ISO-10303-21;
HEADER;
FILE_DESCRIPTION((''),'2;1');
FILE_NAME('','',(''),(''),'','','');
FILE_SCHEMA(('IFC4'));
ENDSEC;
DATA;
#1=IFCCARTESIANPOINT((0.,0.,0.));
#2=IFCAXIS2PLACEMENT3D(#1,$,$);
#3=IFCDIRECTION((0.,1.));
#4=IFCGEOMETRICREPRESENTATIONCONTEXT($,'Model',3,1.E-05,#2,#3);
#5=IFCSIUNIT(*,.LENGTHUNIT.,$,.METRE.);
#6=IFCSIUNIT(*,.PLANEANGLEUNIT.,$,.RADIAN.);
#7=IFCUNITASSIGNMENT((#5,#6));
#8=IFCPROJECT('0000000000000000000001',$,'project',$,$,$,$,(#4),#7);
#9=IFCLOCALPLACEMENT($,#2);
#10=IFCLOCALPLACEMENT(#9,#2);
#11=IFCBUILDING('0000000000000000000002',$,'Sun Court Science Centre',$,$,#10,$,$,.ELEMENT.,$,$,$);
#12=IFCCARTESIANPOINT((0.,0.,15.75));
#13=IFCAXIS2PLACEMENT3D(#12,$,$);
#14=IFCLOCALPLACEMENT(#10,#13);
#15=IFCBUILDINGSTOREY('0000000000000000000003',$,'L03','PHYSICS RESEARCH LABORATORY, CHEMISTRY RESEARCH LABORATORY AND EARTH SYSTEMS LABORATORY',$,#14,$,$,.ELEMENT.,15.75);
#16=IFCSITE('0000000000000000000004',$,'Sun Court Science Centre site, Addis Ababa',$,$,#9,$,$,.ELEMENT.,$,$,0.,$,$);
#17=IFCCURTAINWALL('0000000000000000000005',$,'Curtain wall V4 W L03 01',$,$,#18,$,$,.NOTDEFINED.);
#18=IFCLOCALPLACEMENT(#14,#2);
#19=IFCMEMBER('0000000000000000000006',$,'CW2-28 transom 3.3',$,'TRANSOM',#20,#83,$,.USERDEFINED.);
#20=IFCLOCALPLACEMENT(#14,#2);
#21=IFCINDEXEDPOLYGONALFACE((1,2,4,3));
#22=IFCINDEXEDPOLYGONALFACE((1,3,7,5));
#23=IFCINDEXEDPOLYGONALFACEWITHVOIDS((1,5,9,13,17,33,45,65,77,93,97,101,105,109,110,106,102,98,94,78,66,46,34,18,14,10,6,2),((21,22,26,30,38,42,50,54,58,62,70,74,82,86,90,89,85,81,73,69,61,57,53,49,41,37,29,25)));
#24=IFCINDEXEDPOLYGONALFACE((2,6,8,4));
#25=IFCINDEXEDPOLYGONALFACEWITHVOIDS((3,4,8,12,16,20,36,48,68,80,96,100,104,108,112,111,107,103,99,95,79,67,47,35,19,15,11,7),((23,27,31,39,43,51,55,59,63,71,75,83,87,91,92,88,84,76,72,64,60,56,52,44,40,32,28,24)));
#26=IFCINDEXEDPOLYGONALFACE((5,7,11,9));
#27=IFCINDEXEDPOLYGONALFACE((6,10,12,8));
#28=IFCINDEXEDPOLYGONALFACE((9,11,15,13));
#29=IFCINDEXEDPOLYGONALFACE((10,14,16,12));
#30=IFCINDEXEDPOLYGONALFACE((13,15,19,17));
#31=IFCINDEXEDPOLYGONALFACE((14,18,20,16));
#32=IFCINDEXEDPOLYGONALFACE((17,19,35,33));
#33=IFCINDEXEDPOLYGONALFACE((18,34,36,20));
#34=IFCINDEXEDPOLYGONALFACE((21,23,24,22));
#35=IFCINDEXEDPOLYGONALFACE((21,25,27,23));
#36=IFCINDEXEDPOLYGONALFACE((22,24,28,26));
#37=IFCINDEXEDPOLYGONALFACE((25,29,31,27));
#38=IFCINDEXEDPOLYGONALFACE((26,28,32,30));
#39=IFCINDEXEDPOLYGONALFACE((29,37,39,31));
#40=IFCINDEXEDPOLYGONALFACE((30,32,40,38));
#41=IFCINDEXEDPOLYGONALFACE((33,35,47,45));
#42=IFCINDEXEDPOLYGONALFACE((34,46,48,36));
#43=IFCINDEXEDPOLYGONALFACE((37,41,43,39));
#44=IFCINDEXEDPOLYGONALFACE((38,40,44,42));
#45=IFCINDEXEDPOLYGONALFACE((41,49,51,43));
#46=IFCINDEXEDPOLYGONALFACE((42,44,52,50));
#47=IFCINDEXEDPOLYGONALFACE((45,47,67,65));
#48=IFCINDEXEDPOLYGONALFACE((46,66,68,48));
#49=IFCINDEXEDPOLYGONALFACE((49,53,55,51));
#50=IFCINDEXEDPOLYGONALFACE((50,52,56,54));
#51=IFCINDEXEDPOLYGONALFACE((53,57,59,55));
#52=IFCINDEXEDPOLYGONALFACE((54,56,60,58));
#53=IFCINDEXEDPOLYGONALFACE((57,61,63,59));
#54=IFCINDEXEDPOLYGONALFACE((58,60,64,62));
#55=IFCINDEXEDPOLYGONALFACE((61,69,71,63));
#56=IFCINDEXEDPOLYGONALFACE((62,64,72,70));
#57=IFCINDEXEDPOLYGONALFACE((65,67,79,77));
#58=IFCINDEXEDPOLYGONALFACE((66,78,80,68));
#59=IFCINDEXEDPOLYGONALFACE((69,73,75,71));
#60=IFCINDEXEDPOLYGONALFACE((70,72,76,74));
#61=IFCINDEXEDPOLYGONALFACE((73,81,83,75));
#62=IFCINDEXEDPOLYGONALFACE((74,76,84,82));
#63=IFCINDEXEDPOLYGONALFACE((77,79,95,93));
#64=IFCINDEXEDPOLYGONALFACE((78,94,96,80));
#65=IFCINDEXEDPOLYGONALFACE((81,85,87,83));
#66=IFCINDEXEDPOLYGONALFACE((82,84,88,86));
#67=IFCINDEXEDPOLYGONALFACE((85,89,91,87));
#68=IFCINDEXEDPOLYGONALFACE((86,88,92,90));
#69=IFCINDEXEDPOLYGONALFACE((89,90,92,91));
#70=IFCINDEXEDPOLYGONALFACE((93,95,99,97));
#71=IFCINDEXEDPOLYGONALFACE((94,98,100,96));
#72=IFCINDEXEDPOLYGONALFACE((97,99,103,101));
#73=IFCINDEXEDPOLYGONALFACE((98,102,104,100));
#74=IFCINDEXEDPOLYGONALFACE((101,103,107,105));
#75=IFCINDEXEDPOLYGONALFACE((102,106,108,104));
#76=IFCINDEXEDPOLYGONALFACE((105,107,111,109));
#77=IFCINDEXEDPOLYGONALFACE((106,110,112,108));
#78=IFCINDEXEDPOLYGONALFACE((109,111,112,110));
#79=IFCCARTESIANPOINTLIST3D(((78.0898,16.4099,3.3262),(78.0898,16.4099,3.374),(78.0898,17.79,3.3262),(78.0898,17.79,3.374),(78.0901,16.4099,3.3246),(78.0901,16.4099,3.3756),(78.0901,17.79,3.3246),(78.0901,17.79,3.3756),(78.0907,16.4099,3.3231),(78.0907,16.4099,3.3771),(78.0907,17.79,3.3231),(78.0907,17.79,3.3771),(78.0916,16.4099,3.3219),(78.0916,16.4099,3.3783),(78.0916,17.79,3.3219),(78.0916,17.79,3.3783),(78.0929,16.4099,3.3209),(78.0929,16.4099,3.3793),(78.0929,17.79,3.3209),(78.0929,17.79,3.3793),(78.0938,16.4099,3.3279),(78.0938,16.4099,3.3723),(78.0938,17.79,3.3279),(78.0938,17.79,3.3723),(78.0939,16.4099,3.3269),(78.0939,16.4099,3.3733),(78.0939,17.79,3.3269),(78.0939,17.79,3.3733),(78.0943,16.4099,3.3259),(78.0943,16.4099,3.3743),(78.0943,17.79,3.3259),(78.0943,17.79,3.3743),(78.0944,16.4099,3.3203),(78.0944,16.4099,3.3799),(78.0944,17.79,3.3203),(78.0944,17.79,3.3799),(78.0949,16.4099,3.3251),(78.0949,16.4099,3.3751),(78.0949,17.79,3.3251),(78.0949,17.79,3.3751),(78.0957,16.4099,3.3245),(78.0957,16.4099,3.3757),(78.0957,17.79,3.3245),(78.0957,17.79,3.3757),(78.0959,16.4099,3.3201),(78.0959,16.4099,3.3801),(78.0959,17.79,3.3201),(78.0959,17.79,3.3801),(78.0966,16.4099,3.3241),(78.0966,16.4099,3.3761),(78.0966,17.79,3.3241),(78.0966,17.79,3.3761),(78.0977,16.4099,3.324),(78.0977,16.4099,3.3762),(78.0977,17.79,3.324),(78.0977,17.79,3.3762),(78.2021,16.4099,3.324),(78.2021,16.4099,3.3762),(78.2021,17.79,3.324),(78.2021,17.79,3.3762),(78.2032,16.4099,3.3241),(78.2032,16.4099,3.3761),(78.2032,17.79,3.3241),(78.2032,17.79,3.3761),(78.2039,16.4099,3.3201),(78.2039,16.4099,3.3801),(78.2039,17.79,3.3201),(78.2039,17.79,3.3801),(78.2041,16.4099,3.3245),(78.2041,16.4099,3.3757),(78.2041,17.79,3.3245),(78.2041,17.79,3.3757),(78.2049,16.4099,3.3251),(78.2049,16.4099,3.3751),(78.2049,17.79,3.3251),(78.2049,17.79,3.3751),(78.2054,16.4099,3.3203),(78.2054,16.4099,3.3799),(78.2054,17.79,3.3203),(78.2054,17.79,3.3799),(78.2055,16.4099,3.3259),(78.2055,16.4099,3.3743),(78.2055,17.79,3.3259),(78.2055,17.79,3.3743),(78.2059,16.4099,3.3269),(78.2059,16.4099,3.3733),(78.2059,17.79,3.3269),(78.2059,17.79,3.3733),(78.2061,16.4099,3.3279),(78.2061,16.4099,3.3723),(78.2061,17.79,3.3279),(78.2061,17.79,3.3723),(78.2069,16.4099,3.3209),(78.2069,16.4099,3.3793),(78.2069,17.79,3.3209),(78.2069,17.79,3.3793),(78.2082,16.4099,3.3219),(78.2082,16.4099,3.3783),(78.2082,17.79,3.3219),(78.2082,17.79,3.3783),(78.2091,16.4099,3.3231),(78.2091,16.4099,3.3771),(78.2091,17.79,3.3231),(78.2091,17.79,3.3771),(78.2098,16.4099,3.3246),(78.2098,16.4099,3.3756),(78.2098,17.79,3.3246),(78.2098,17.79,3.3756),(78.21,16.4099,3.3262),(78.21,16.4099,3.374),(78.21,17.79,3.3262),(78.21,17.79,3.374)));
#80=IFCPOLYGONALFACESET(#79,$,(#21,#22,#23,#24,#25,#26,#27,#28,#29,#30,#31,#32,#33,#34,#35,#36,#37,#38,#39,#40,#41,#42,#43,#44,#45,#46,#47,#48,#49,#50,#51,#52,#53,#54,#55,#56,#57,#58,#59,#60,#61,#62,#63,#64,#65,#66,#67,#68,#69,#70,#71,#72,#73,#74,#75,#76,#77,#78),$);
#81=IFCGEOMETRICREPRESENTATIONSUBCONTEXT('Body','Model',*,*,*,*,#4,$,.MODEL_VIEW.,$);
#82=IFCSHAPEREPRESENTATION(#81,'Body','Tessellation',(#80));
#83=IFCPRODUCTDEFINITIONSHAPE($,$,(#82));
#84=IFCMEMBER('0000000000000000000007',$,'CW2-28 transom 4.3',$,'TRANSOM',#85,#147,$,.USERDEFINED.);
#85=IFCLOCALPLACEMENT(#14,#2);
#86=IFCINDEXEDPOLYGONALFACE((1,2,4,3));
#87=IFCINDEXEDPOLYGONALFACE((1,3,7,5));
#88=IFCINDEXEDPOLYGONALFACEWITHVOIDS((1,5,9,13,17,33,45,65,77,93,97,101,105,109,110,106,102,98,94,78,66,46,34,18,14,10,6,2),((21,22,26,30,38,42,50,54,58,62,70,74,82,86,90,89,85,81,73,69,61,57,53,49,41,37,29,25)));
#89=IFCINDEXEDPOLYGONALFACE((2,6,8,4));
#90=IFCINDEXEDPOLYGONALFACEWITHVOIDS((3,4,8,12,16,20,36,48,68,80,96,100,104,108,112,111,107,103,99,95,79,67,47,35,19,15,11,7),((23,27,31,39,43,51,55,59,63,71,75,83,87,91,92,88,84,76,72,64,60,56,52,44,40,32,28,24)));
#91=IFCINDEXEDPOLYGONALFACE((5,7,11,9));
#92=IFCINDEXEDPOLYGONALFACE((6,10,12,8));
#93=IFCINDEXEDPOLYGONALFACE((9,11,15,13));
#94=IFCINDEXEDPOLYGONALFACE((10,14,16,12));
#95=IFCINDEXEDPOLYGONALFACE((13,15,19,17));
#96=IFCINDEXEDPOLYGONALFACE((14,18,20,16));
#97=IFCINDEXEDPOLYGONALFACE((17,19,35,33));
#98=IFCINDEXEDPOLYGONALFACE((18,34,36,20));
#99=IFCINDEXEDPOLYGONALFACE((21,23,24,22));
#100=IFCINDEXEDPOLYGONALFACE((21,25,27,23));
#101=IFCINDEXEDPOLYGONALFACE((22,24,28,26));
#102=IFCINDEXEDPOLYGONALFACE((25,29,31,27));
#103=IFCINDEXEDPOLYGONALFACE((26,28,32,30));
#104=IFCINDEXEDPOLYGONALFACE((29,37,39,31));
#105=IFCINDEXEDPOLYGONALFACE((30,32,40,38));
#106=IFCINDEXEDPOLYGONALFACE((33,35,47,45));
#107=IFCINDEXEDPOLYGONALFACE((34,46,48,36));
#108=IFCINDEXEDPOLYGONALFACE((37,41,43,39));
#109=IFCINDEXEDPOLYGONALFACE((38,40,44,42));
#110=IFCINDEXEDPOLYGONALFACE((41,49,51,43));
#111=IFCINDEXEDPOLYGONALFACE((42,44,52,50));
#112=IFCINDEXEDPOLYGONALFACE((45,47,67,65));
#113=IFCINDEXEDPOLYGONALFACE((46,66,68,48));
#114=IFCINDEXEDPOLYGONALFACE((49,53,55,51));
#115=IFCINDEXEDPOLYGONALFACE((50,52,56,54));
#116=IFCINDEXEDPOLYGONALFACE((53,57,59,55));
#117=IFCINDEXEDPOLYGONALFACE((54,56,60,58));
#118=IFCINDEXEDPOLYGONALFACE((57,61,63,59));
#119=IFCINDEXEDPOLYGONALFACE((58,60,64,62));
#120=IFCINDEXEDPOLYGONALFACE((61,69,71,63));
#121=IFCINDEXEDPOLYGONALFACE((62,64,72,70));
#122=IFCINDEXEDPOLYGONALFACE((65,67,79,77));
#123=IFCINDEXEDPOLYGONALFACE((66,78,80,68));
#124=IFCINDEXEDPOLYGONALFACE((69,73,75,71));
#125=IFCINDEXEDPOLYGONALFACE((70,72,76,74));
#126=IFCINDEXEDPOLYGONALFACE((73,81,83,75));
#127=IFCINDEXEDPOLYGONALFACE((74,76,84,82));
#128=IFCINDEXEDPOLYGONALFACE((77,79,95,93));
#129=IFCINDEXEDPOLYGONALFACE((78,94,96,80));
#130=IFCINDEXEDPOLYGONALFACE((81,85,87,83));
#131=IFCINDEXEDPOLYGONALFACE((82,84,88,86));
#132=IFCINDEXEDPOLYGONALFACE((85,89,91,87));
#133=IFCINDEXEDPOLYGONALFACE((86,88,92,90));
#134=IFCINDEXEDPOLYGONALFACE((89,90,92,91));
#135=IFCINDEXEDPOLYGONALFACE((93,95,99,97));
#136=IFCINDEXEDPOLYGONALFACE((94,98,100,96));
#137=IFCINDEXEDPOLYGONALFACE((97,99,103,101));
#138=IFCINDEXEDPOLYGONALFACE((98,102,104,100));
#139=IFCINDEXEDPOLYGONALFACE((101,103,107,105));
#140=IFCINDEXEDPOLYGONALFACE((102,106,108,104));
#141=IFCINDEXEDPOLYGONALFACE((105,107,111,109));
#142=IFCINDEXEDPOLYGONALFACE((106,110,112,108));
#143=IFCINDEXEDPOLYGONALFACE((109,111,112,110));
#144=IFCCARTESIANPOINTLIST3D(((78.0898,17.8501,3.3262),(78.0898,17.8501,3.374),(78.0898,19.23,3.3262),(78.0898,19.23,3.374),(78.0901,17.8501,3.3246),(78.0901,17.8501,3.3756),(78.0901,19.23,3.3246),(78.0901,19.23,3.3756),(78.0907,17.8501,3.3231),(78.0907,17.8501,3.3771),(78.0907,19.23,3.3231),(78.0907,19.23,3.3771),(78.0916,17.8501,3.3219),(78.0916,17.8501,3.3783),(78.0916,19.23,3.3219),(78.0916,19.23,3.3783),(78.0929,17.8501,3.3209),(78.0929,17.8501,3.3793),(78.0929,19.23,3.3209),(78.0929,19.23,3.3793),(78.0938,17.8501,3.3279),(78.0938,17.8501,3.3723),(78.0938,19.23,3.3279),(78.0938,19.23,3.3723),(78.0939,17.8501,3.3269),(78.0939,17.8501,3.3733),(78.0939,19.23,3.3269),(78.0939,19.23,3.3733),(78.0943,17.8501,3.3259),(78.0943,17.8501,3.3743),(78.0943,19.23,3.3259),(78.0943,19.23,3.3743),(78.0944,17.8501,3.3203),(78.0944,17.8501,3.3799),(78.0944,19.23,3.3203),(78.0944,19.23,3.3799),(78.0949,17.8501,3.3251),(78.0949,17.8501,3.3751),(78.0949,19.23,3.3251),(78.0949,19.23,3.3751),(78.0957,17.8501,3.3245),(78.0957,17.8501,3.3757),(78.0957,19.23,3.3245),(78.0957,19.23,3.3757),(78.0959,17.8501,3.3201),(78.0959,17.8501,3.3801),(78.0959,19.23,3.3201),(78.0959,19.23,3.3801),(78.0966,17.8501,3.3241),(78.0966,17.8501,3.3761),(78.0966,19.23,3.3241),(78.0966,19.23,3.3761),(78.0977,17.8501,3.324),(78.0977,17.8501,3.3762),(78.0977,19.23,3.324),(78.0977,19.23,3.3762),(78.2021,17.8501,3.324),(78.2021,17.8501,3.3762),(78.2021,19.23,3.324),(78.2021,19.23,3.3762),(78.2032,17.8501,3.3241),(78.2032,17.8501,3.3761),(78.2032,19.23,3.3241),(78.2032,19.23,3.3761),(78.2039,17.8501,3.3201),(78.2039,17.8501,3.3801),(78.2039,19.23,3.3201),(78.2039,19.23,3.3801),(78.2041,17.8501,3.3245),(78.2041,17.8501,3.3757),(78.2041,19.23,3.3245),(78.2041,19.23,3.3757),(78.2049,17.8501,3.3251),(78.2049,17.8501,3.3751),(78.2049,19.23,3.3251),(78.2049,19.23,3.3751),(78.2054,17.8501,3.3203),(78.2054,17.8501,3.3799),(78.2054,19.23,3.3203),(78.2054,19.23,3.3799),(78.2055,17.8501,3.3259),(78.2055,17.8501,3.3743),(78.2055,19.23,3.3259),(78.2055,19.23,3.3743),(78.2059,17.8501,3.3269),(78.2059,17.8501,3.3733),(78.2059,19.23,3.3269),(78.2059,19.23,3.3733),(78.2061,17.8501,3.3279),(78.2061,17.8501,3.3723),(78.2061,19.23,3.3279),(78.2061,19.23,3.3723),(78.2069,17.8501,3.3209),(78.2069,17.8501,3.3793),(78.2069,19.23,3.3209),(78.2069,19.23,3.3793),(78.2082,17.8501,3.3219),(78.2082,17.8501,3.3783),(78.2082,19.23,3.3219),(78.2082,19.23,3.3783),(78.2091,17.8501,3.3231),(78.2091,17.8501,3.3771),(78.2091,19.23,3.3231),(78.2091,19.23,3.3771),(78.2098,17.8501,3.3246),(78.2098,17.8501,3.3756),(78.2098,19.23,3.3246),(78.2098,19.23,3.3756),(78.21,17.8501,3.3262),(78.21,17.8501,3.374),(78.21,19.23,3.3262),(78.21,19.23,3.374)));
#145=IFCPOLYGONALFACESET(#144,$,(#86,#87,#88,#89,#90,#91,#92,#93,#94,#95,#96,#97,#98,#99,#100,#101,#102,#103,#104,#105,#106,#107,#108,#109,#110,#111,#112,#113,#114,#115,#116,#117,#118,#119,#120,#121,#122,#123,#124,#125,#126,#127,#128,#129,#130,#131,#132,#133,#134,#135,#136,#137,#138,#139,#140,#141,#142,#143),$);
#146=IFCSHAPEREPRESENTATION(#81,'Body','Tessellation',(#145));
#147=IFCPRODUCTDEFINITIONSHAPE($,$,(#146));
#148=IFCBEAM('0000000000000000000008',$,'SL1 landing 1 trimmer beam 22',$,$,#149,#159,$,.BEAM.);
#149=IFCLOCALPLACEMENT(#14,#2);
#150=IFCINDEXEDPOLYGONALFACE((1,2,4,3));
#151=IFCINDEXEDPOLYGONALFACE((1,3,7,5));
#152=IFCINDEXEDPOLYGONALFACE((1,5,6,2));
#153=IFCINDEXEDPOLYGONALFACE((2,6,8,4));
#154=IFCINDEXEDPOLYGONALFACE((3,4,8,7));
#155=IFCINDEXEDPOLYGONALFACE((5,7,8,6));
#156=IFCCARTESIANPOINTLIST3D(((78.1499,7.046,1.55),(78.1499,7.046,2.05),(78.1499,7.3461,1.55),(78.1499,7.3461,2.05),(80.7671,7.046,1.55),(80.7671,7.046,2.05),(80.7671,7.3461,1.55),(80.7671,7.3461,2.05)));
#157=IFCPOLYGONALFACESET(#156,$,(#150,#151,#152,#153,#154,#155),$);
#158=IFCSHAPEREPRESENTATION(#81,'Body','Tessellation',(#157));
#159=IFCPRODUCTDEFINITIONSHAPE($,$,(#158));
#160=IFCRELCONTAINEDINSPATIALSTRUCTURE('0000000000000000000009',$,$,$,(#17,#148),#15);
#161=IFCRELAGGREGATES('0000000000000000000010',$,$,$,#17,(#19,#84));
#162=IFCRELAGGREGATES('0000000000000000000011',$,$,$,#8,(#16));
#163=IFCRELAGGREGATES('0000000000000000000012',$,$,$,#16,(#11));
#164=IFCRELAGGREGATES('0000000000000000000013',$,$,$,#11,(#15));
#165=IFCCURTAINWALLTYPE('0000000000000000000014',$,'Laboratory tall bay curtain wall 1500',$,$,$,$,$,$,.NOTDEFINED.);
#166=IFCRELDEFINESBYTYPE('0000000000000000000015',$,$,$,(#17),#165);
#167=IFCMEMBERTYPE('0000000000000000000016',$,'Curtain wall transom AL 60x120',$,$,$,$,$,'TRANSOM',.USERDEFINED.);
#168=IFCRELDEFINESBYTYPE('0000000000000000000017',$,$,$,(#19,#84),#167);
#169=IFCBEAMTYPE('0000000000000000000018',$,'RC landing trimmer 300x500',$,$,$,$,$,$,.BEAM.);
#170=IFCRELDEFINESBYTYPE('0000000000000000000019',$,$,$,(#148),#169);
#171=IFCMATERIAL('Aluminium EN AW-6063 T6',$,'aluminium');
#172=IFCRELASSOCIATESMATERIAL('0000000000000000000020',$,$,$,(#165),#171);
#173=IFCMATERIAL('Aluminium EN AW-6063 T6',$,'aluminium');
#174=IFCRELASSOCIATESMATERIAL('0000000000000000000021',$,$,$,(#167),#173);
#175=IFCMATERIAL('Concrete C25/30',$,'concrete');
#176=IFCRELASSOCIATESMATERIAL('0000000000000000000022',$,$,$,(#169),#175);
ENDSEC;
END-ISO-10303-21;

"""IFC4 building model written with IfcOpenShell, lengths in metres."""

from ifc_helpers import new_model, si_unit, direction, frame, origin, origin_2d, place, context, subcontext, project, spatial, rectangle, hollow_rectangle, extrude, material, material_profile, profile_set, type_object, element, aggregate, save


model = new_model("IFC4")

# Units and contexts
model_context = context("Model", 3, precision=1e-05, world=origin(), true_north=direction((0.0, 1.0)))
body_context = subcontext(model_context, "Body", "Model", "MODEL_VIEW")
ifc_project = project(units=[si_unit("LENGTHUNIT", "METRE"), si_unit("PLANEANGLEUNIT", "RADIAN")], contexts=[model_context])

# Site, building, storey
site_placement = place(None, origin())
site = spatial("IfcSite", under=ifc_project, at=site_placement, Name="Sun Court Science Centre site, Addis Ababa", CompositionType="ELEMENT", RefElevation=0.0)
building_placement = place(site_placement, origin())
building = spatial("IfcBuilding", under=site, at=building_placement, Name="Sun Court Science Centre", CompositionType="ELEMENT")
storey_placement = place(building_placement, frame((0.0, 0.0, 15.75)))
storey = spatial("IfcBuildingStorey", under=building, at=storey_placement, Name="L03", Description="PHYSICS RESEARCH LABORATORY, CHEMISTRY RESEARCH LABORATORY AND EARTH SYSTEMS LABORATORY", CompositionType="ELEMENT", Elevation=15.75)

# Curtain wall, members
ifc_material_1 = material(Name="Aluminium EN AW-6063 T6", Category="aluminium")
curtain_wall_type = type_object("IfcCurtainWallType", Name="Laboratory tall bay curtain wall 1500", PredefinedType="NOTDEFINED", material=ifc_material_1)
curtain_wall_placement = place(storey_placement, origin())
curtain_wall = element("IfcCurtainWall", 1, at=curtain_wall_placement, inside=storey, type_object=curtain_wall_type, Name="Curtain wall V4 W L03 01", PredefinedType="NOTDEFINED")
ifc_material_2 = material(Name="Aluminium EN AW-6063 T6", Category="aluminium")
ifc_material_profile_1 = material_profile(ifc_material_2, hollow_rectangle(XDim=0.0601, YDim=0.1201, WallThickness=0.0039, InnerFilletRadius=0.0039, OuterFilletRadius=0.0061, at=origin_2d()), Name="AL 60x120x4")
ifc_profile_set_1 = profile_set([ifc_material_profile_1], Name="Aluminium EN AW-6063 T6")
member_type_1 = type_object("IfcMemberType", Name="Curtain wall transom AL 60x120", ElementType="TRANSOM", PredefinedType="USERDEFINED", material=ifc_profile_set_1)
member_1_placement = place(storey_placement, frame((78.1499, 16.4099, 3.3501), z_axis=(0.0, 1.0, 0.0), x_axis=(0.0, 0.0, 1.0)))
member_1 = element("IfcMember", 2, at=member_1_placement, type_object=member_type_1, Name="CW2-28 transom 3.3", ObjectType="TRANSOM", PredefinedType="USERDEFINED", context=body_context, shape_type="SweptSolid", body=[
    extrude(hollow_rectangle(XDim=0.0601, YDim=0.1201, WallThickness=0.0039, InnerFilletRadius=0.0039, OuterFilletRadius=0.0061, at=origin_2d()), origin(), (0.0, 0.0, 1.0), 1.3801),
])
member_2_placement = place(storey_placement, frame((78.1499, 17.8501, 3.3501), z_axis=(0.0, 1.0, 0.0), x_axis=(0.0, 0.0, 1.0)))
member_2 = element("IfcMember", 3, at=member_2_placement, type_object=member_type_1, Name="CW2-28 transom 4.3", ObjectType="TRANSOM", PredefinedType="USERDEFINED", context=body_context, shape_type="SweptSolid", body=[
    extrude(hollow_rectangle(XDim=0.0601, YDim=0.1201, WallThickness=0.0039, InnerFilletRadius=0.0039, OuterFilletRadius=0.0061, at=origin_2d()), origin(), (0.0, 0.0, 1.0), 1.3799),
])

# Beam
ifc_material_3 = material(Name="Concrete C25/30", Category="concrete")
ifc_material_profile_2 = material_profile(ifc_material_3, rectangle(XDim=0.3, YDim=0.5, at=origin_2d()), Name="RC 300x500")
ifc_profile_set_2 = profile_set([ifc_material_profile_2], Name="Concrete C25/30")
beam_type = type_object("IfcBeamType", Name="RC landing trimmer 300x500", PredefinedType="BEAM", material=ifc_profile_set_2)
beam_placement = place(storey_placement, frame((78.1499, 7.196, 1.8), z_axis=(1.0, 0.0, 0.0), x_axis=(0.0, 1.0, 0.0)))
element("IfcBeam", 4, at=beam_placement, inside=storey, type_object=beam_type, Name="SL1 landing 1 trimmer beam 22", PredefinedType="BEAM", context=body_context, shape_type="SweptSolid", body=[
    extrude(rectangle(XDim=0.3, YDim=0.5, at=origin_2d()), origin(), (0.0, 0.0, 1.0), 2.6172),
])

aggregate(curtain_wall, [member_1, member_2])

save(model, "model.ifc")
